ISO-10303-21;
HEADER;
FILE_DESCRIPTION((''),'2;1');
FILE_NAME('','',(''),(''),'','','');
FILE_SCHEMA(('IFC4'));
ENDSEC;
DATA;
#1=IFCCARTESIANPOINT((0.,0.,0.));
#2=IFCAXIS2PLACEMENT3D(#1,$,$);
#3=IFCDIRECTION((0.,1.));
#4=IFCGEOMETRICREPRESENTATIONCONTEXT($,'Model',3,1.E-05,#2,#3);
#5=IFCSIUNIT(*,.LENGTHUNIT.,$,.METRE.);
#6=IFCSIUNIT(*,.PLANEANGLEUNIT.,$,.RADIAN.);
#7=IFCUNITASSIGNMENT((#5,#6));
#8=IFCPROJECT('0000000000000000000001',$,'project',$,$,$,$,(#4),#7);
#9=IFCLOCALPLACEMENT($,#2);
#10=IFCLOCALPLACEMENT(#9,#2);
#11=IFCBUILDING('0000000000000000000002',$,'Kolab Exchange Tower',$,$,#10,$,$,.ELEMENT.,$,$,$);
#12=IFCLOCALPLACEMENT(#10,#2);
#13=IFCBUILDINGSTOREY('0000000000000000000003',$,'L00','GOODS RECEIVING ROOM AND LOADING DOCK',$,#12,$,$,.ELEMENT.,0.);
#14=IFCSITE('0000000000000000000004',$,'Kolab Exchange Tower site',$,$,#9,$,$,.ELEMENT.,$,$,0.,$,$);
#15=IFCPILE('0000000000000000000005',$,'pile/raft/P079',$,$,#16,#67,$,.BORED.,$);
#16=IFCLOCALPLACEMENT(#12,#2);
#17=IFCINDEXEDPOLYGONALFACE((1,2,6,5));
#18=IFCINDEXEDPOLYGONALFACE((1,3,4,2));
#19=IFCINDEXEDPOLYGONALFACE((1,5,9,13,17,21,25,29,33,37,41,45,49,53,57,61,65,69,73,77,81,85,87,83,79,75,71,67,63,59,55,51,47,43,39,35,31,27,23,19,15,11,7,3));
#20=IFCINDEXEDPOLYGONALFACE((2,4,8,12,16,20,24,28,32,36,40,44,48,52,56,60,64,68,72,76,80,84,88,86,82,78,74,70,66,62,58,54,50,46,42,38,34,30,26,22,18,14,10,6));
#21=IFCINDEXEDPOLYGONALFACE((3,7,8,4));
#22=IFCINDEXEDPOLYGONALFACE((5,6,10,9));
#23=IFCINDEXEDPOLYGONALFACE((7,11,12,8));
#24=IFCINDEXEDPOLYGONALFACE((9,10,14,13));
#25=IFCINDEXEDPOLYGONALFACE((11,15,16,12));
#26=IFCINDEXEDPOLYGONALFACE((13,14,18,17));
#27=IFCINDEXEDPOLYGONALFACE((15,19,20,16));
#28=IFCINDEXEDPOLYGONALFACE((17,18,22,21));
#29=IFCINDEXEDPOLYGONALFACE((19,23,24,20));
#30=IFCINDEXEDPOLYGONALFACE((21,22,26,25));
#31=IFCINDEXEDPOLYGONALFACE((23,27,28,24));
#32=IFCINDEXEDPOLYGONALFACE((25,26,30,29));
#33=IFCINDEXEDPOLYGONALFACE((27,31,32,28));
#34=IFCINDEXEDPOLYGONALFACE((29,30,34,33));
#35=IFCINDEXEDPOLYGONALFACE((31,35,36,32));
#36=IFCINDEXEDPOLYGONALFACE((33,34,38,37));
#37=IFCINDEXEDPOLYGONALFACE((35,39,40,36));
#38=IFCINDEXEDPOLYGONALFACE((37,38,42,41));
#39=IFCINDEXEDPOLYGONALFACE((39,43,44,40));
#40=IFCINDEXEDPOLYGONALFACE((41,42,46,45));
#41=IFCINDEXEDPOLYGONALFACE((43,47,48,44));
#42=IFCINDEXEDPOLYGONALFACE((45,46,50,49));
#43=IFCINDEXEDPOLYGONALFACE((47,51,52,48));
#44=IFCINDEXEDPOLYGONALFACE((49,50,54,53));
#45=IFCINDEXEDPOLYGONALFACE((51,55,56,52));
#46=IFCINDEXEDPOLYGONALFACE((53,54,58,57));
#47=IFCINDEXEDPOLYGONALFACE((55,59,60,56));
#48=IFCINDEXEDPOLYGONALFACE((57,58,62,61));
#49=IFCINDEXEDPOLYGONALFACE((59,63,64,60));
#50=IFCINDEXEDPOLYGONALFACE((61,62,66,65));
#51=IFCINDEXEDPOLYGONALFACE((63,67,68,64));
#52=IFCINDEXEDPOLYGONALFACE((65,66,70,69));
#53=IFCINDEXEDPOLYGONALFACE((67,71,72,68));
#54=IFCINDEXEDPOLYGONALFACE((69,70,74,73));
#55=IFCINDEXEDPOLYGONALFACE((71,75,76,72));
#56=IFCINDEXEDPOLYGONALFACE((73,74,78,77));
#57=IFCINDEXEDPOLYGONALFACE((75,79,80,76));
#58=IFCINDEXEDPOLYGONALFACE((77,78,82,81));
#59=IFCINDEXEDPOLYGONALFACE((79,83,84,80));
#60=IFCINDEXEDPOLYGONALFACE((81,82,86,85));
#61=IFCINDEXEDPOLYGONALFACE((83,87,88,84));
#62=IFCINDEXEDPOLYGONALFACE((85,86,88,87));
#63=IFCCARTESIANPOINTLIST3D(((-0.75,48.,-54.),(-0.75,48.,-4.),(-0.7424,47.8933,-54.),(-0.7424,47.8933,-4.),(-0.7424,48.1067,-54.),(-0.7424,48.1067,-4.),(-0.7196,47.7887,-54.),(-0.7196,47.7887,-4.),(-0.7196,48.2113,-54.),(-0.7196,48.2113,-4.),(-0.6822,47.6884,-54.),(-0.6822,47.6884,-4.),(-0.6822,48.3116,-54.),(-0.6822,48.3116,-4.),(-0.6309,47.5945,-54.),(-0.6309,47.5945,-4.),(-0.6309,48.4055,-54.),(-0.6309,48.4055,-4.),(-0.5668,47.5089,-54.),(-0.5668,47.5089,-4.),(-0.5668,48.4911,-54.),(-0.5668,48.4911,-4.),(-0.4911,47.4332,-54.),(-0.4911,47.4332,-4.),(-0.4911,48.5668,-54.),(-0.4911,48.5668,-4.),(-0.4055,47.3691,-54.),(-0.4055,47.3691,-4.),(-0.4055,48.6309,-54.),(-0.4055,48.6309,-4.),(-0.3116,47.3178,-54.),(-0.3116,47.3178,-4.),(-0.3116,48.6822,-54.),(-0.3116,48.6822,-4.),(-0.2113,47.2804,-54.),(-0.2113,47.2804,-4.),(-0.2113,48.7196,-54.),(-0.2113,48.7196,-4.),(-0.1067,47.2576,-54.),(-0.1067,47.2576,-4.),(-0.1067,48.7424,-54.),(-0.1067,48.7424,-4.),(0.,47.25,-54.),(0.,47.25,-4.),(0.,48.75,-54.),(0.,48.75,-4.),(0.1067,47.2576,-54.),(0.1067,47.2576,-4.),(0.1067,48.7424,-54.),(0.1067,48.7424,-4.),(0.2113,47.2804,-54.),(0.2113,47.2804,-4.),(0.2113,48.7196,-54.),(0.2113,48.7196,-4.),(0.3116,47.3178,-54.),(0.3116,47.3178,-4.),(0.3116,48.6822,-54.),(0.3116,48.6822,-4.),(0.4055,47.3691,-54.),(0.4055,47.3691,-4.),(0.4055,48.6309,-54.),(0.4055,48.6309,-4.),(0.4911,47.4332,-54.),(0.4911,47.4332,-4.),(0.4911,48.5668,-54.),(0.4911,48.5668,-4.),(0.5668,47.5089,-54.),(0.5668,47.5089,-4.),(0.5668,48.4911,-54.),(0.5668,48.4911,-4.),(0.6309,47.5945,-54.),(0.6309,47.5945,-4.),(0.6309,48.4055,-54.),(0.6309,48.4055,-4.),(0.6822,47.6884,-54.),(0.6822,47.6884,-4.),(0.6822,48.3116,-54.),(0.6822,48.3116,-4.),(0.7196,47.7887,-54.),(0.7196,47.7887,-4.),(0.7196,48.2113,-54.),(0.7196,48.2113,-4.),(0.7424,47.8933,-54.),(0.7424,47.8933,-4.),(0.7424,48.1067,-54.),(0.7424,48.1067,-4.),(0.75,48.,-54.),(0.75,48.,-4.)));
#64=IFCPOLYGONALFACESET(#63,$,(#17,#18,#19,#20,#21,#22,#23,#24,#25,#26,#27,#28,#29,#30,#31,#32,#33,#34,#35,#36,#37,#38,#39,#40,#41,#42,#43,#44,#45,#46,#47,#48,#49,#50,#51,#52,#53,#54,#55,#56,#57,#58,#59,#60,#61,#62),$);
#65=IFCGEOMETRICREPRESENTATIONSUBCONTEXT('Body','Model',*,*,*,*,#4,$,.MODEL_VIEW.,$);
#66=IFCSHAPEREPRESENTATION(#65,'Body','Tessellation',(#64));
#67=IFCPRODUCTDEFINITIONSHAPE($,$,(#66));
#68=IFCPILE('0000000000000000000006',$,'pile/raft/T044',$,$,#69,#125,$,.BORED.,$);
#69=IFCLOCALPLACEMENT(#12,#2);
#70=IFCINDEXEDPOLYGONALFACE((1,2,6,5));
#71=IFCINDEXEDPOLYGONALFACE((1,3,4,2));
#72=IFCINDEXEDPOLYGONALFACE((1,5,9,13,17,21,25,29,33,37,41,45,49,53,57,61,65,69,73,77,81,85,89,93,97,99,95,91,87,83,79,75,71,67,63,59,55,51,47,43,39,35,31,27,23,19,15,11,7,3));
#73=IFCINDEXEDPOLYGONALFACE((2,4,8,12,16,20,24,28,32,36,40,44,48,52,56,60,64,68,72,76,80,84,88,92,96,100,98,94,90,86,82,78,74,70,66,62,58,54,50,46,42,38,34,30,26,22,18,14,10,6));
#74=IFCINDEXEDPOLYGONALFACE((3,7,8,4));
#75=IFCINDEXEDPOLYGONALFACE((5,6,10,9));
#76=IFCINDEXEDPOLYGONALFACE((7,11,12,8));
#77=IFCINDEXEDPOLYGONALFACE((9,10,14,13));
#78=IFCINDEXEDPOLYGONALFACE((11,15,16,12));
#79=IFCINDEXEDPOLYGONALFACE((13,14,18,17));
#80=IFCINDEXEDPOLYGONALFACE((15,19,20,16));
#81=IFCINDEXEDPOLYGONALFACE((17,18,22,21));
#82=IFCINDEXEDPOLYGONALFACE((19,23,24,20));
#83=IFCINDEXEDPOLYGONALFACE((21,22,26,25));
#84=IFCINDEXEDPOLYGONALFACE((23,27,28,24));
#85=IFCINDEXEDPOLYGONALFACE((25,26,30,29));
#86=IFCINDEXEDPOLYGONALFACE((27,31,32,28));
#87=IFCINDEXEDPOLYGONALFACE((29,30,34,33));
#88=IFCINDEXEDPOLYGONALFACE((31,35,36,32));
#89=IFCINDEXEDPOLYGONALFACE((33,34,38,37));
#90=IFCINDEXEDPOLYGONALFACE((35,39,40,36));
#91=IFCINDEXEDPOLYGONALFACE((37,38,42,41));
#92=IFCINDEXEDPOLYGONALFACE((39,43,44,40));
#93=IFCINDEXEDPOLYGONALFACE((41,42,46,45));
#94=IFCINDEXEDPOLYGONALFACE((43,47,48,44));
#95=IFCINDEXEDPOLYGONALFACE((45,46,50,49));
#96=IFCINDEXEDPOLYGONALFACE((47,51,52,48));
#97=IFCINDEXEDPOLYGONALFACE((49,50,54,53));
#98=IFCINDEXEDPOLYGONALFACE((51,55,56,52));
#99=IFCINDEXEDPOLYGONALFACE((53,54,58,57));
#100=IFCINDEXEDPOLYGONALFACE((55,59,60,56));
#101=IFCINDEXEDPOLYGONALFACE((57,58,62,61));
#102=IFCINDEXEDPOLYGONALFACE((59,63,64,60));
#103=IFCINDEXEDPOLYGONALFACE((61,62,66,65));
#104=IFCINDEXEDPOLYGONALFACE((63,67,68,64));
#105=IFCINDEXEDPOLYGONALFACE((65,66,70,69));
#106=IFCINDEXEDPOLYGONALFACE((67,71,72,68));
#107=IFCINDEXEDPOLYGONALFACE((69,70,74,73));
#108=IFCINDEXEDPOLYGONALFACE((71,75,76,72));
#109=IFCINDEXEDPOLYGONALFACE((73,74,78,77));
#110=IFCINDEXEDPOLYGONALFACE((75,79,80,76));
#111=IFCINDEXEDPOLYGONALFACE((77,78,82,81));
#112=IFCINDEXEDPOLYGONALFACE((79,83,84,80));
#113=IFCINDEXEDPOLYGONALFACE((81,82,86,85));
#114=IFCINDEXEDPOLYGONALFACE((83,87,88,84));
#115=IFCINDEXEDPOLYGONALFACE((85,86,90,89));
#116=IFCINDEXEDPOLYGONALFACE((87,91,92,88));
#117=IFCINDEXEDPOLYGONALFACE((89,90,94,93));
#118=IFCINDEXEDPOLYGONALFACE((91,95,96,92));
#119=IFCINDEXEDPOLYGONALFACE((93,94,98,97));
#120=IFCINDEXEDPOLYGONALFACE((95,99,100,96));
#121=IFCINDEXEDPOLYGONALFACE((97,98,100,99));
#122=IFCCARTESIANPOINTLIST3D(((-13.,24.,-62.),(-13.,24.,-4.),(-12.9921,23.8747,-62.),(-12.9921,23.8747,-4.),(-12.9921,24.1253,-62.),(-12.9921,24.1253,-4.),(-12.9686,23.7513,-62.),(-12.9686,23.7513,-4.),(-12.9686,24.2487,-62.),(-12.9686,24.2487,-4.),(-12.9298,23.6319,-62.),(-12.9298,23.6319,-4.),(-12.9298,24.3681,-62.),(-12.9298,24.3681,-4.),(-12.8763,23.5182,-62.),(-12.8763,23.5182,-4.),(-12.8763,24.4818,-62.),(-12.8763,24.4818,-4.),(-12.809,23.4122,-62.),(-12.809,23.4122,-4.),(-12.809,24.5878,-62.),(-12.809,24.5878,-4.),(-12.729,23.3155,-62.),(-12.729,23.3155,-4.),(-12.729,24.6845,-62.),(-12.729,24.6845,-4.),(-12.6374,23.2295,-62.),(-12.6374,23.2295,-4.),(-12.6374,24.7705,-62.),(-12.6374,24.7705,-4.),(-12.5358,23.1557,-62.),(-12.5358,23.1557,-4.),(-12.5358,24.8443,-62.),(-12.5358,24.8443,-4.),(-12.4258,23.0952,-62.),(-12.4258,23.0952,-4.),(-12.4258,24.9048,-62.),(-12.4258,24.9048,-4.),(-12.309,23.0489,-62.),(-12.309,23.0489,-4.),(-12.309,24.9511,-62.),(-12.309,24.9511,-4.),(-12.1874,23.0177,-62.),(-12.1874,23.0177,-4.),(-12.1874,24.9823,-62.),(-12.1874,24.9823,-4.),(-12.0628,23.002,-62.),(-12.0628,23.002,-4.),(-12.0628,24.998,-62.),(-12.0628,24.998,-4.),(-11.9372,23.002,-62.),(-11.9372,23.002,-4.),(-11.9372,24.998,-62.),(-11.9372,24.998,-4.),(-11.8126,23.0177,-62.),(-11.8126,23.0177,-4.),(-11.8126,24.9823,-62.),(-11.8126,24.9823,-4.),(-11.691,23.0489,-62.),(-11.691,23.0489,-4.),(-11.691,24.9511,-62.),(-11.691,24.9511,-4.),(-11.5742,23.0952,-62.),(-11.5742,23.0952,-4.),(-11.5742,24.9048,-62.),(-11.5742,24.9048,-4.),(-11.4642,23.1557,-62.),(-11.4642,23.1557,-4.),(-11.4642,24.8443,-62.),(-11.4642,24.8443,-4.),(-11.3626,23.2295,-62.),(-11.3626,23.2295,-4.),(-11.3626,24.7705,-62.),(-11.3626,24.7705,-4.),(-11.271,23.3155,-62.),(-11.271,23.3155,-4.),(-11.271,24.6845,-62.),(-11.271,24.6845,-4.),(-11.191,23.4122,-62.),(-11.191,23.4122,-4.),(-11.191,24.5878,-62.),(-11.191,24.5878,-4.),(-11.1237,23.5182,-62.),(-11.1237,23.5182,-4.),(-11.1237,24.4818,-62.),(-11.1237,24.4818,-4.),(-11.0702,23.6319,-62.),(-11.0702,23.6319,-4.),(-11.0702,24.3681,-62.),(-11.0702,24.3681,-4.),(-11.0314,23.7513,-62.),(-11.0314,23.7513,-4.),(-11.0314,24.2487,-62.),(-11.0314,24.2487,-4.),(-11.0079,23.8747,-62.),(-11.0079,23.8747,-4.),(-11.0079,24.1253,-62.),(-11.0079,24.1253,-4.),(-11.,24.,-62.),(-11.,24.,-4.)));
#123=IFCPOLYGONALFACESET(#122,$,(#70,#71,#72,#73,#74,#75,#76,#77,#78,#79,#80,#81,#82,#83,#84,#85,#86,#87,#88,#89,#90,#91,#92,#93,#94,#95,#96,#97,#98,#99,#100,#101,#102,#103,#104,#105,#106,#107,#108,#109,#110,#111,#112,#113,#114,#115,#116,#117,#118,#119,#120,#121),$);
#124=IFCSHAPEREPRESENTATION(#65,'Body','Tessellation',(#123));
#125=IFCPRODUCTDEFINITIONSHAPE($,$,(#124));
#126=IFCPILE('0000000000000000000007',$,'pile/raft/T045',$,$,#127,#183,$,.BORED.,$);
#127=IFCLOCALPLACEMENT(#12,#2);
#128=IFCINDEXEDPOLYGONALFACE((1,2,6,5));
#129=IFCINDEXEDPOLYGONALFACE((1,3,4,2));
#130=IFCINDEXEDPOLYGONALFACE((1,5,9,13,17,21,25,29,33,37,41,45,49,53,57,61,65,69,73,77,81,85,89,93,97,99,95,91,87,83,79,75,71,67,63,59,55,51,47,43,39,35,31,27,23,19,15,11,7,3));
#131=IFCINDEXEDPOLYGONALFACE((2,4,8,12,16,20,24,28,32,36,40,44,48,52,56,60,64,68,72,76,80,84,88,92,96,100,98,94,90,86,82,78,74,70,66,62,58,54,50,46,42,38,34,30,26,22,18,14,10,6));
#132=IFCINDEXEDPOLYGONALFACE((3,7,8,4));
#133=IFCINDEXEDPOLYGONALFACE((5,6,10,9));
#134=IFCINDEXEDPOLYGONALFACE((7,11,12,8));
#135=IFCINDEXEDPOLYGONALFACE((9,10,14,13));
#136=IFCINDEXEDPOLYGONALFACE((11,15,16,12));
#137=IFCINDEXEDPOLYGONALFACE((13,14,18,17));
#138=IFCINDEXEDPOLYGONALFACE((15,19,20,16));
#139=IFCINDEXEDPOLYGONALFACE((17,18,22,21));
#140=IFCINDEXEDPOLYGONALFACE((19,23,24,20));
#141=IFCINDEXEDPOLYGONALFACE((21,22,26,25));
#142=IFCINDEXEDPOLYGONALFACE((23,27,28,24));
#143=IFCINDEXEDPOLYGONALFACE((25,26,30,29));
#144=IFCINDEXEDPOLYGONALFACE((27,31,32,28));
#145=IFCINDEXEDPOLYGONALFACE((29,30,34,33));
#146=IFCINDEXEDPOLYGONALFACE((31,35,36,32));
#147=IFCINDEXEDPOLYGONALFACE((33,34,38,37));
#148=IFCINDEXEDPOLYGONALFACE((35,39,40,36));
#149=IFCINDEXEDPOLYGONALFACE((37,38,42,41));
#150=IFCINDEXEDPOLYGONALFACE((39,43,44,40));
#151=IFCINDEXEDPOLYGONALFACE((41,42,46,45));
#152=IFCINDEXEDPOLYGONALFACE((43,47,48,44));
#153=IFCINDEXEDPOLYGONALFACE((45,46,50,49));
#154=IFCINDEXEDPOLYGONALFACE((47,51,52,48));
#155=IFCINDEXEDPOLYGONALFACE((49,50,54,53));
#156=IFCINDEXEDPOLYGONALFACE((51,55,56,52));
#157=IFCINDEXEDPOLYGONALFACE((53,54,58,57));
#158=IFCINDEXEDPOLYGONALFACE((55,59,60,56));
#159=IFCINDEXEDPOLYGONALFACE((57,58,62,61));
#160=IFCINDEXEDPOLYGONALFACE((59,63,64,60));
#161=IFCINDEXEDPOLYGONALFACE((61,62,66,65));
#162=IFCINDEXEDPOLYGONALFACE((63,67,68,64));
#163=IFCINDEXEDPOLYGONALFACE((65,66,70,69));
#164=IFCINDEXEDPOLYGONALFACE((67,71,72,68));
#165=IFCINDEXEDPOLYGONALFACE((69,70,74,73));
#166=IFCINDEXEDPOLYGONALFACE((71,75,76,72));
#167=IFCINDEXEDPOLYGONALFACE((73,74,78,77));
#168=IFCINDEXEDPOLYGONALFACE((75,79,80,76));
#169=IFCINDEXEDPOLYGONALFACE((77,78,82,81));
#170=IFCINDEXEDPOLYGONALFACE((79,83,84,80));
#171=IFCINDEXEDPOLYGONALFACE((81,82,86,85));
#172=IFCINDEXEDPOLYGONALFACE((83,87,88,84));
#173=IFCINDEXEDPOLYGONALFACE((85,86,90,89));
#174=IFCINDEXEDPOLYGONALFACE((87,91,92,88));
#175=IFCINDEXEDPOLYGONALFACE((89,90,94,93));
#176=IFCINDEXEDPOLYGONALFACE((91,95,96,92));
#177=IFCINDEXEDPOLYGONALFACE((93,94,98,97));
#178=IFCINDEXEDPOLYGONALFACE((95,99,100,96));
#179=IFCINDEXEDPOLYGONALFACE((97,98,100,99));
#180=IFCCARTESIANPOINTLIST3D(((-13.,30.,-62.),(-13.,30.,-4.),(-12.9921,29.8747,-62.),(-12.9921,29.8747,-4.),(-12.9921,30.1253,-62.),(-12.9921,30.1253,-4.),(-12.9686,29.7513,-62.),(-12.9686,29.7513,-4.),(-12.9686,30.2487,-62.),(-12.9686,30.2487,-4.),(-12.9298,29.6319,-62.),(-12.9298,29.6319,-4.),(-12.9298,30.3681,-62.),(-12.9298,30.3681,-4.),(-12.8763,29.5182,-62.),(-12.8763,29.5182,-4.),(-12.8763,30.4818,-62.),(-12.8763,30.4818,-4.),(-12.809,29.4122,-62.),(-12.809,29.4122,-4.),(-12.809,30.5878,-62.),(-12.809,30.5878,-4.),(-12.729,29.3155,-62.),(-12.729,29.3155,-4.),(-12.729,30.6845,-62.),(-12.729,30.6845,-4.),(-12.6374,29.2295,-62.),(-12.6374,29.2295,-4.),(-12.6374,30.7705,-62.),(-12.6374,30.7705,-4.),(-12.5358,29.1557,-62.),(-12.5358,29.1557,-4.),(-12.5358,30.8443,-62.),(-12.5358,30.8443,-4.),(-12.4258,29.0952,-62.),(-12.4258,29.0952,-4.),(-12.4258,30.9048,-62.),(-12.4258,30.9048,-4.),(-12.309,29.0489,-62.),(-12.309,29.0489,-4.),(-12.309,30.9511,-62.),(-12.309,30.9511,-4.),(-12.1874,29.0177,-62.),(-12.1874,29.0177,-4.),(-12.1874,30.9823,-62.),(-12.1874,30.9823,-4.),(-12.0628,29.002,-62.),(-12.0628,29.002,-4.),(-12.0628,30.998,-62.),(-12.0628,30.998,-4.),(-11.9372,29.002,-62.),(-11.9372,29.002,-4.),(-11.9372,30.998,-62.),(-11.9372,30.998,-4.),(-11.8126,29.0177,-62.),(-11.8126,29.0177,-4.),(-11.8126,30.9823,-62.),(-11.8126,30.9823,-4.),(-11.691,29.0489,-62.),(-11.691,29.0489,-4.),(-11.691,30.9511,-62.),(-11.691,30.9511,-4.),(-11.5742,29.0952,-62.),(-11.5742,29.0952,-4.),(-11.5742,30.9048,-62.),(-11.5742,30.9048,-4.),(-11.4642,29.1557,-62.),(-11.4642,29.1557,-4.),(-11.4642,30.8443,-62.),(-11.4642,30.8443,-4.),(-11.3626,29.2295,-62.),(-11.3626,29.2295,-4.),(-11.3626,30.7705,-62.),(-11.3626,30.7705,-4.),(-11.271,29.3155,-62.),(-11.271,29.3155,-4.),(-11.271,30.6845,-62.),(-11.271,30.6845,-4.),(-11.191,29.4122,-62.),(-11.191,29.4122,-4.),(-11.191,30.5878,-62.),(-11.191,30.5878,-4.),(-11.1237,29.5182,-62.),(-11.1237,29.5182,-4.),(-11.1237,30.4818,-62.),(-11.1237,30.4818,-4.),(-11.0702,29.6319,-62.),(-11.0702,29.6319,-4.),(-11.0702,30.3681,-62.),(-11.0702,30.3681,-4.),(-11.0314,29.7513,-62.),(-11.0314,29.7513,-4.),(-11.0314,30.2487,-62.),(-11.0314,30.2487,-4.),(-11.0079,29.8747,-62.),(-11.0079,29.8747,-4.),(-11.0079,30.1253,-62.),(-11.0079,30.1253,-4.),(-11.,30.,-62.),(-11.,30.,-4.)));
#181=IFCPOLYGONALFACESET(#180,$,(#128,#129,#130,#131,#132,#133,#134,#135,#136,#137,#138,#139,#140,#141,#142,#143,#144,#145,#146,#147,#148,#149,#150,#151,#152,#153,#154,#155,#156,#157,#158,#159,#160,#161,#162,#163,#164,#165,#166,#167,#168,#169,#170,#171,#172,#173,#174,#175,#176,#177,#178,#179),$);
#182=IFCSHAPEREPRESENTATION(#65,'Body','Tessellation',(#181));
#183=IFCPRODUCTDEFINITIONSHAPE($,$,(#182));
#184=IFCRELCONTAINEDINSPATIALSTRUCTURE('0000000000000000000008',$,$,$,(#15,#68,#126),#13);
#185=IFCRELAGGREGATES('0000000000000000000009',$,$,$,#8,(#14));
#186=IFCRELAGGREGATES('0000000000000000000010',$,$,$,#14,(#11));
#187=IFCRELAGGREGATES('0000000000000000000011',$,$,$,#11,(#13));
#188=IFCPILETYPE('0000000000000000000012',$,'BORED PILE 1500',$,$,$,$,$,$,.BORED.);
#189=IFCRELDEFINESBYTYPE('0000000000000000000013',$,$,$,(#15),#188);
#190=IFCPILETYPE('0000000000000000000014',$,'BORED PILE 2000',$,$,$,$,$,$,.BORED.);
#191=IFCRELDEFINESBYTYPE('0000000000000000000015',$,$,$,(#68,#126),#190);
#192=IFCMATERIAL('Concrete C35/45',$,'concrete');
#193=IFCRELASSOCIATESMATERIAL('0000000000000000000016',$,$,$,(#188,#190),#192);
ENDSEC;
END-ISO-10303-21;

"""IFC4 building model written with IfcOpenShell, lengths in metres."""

from ifc_helpers import new_model, si_unit, direction, frame, origin, origin_2d, place, context, subcontext, project, spatial, circle, extrude, material, material_profile, profile_set, type_object, element, save


model = new_model("IFC4")

# Units and contexts
model_context = context("Model", 3, precision=1e-05, world=origin(), true_north=direction((0.0, 1.0)))
body_context = subcontext(model_context, "Body", "Model", "MODEL_VIEW")
ifc_project = project(units=[si_unit("LENGTHUNIT", "METRE"), si_unit("PLANEANGLEUNIT", "RADIAN")], contexts=[model_context])

# Site, building, storey
site_placement = place(None, origin())
site = spatial("IfcSite", under=ifc_project, at=site_placement, Name="Kolab Exchange Tower site", CompositionType="ELEMENT", RefElevation=0.0)
building_placement = place(site_placement, origin())
building = spatial("IfcBuilding", under=site, at=building_placement, Name="Kolab Exchange Tower", CompositionType="ELEMENT")
storey_placement = place(building_placement, origin())
storey = spatial("IfcBuildingStorey", under=building, at=storey_placement, Name="L00", Description="GOODS RECEIVING ROOM AND LOADING DOCK", CompositionType="ELEMENT", Elevation=0.0)

# Piles
ifc_material_1 = material(Name="Concrete C35/45", Category="concrete")
ifc_material_profile_1 = material_profile(ifc_material_1, circle(Radius=0.75, at=origin_2d()), Name="BP1500")
ifc_profile_set_1 = profile_set([ifc_material_profile_1], Name="Concrete C35/45")
pile_type_1 = type_object("IfcPileType", Name="BORED PILE 1500", PredefinedType="BORED", material=ifc_profile_set_1)
for number, where, z_axis, x_axis, name in (
    (1, (0.0, 48.0, -4.0), (0.0, 0.0, -1.0), (1.0, 0.0, 0.0), "pile/raft/P079"),
):
    element("IfcPile", number, at=place(storey_placement, frame(where, z_axis=z_axis, x_axis=x_axis)), inside=storey, type_object=pile_type_1, Name=name, PredefinedType="BORED", context=body_context, shape_type="SweptSolid", body=[
        extrude(circle(Radius=0.75, at=origin_2d()), origin(), (0.0, 0.0, 1.0), 50.0),
    ])
ifc_material_profile_2 = material_profile(ifc_material_1, circle(Radius=1.0, at=origin_2d()), Name="BP2000")
ifc_profile_set_2 = profile_set([ifc_material_profile_2], Name="Concrete C35/45")
pile_type_2 = type_object("IfcPileType", Name="BORED PILE 2000", PredefinedType="BORED", material=ifc_profile_set_2)
for number, where, z_axis, x_axis, name in (
    (2, (-12.0, 24.0, -4.0), (0.0, 0.0, -1.0), (1.0, 0.0, 0.0), "pile/raft/T044"),
    (3, (-12.0, 30.0, -4.0), (0.0, 0.0, -1.0), (1.0, 0.0, 0.0), "pile/raft/T045"),
):
    element("IfcPile", number, at=place(storey_placement, frame(where, z_axis=z_axis, x_axis=x_axis)), inside=storey, type_object=pile_type_2, Name=name, PredefinedType="BORED", context=body_context, shape_type="SweptSolid", body=[
        extrude(circle(Radius=1.0, at=origin_2d()), origin(), (0.0, 0.0, 1.0), 58.0),
    ])

save(model, "model.ifc")
